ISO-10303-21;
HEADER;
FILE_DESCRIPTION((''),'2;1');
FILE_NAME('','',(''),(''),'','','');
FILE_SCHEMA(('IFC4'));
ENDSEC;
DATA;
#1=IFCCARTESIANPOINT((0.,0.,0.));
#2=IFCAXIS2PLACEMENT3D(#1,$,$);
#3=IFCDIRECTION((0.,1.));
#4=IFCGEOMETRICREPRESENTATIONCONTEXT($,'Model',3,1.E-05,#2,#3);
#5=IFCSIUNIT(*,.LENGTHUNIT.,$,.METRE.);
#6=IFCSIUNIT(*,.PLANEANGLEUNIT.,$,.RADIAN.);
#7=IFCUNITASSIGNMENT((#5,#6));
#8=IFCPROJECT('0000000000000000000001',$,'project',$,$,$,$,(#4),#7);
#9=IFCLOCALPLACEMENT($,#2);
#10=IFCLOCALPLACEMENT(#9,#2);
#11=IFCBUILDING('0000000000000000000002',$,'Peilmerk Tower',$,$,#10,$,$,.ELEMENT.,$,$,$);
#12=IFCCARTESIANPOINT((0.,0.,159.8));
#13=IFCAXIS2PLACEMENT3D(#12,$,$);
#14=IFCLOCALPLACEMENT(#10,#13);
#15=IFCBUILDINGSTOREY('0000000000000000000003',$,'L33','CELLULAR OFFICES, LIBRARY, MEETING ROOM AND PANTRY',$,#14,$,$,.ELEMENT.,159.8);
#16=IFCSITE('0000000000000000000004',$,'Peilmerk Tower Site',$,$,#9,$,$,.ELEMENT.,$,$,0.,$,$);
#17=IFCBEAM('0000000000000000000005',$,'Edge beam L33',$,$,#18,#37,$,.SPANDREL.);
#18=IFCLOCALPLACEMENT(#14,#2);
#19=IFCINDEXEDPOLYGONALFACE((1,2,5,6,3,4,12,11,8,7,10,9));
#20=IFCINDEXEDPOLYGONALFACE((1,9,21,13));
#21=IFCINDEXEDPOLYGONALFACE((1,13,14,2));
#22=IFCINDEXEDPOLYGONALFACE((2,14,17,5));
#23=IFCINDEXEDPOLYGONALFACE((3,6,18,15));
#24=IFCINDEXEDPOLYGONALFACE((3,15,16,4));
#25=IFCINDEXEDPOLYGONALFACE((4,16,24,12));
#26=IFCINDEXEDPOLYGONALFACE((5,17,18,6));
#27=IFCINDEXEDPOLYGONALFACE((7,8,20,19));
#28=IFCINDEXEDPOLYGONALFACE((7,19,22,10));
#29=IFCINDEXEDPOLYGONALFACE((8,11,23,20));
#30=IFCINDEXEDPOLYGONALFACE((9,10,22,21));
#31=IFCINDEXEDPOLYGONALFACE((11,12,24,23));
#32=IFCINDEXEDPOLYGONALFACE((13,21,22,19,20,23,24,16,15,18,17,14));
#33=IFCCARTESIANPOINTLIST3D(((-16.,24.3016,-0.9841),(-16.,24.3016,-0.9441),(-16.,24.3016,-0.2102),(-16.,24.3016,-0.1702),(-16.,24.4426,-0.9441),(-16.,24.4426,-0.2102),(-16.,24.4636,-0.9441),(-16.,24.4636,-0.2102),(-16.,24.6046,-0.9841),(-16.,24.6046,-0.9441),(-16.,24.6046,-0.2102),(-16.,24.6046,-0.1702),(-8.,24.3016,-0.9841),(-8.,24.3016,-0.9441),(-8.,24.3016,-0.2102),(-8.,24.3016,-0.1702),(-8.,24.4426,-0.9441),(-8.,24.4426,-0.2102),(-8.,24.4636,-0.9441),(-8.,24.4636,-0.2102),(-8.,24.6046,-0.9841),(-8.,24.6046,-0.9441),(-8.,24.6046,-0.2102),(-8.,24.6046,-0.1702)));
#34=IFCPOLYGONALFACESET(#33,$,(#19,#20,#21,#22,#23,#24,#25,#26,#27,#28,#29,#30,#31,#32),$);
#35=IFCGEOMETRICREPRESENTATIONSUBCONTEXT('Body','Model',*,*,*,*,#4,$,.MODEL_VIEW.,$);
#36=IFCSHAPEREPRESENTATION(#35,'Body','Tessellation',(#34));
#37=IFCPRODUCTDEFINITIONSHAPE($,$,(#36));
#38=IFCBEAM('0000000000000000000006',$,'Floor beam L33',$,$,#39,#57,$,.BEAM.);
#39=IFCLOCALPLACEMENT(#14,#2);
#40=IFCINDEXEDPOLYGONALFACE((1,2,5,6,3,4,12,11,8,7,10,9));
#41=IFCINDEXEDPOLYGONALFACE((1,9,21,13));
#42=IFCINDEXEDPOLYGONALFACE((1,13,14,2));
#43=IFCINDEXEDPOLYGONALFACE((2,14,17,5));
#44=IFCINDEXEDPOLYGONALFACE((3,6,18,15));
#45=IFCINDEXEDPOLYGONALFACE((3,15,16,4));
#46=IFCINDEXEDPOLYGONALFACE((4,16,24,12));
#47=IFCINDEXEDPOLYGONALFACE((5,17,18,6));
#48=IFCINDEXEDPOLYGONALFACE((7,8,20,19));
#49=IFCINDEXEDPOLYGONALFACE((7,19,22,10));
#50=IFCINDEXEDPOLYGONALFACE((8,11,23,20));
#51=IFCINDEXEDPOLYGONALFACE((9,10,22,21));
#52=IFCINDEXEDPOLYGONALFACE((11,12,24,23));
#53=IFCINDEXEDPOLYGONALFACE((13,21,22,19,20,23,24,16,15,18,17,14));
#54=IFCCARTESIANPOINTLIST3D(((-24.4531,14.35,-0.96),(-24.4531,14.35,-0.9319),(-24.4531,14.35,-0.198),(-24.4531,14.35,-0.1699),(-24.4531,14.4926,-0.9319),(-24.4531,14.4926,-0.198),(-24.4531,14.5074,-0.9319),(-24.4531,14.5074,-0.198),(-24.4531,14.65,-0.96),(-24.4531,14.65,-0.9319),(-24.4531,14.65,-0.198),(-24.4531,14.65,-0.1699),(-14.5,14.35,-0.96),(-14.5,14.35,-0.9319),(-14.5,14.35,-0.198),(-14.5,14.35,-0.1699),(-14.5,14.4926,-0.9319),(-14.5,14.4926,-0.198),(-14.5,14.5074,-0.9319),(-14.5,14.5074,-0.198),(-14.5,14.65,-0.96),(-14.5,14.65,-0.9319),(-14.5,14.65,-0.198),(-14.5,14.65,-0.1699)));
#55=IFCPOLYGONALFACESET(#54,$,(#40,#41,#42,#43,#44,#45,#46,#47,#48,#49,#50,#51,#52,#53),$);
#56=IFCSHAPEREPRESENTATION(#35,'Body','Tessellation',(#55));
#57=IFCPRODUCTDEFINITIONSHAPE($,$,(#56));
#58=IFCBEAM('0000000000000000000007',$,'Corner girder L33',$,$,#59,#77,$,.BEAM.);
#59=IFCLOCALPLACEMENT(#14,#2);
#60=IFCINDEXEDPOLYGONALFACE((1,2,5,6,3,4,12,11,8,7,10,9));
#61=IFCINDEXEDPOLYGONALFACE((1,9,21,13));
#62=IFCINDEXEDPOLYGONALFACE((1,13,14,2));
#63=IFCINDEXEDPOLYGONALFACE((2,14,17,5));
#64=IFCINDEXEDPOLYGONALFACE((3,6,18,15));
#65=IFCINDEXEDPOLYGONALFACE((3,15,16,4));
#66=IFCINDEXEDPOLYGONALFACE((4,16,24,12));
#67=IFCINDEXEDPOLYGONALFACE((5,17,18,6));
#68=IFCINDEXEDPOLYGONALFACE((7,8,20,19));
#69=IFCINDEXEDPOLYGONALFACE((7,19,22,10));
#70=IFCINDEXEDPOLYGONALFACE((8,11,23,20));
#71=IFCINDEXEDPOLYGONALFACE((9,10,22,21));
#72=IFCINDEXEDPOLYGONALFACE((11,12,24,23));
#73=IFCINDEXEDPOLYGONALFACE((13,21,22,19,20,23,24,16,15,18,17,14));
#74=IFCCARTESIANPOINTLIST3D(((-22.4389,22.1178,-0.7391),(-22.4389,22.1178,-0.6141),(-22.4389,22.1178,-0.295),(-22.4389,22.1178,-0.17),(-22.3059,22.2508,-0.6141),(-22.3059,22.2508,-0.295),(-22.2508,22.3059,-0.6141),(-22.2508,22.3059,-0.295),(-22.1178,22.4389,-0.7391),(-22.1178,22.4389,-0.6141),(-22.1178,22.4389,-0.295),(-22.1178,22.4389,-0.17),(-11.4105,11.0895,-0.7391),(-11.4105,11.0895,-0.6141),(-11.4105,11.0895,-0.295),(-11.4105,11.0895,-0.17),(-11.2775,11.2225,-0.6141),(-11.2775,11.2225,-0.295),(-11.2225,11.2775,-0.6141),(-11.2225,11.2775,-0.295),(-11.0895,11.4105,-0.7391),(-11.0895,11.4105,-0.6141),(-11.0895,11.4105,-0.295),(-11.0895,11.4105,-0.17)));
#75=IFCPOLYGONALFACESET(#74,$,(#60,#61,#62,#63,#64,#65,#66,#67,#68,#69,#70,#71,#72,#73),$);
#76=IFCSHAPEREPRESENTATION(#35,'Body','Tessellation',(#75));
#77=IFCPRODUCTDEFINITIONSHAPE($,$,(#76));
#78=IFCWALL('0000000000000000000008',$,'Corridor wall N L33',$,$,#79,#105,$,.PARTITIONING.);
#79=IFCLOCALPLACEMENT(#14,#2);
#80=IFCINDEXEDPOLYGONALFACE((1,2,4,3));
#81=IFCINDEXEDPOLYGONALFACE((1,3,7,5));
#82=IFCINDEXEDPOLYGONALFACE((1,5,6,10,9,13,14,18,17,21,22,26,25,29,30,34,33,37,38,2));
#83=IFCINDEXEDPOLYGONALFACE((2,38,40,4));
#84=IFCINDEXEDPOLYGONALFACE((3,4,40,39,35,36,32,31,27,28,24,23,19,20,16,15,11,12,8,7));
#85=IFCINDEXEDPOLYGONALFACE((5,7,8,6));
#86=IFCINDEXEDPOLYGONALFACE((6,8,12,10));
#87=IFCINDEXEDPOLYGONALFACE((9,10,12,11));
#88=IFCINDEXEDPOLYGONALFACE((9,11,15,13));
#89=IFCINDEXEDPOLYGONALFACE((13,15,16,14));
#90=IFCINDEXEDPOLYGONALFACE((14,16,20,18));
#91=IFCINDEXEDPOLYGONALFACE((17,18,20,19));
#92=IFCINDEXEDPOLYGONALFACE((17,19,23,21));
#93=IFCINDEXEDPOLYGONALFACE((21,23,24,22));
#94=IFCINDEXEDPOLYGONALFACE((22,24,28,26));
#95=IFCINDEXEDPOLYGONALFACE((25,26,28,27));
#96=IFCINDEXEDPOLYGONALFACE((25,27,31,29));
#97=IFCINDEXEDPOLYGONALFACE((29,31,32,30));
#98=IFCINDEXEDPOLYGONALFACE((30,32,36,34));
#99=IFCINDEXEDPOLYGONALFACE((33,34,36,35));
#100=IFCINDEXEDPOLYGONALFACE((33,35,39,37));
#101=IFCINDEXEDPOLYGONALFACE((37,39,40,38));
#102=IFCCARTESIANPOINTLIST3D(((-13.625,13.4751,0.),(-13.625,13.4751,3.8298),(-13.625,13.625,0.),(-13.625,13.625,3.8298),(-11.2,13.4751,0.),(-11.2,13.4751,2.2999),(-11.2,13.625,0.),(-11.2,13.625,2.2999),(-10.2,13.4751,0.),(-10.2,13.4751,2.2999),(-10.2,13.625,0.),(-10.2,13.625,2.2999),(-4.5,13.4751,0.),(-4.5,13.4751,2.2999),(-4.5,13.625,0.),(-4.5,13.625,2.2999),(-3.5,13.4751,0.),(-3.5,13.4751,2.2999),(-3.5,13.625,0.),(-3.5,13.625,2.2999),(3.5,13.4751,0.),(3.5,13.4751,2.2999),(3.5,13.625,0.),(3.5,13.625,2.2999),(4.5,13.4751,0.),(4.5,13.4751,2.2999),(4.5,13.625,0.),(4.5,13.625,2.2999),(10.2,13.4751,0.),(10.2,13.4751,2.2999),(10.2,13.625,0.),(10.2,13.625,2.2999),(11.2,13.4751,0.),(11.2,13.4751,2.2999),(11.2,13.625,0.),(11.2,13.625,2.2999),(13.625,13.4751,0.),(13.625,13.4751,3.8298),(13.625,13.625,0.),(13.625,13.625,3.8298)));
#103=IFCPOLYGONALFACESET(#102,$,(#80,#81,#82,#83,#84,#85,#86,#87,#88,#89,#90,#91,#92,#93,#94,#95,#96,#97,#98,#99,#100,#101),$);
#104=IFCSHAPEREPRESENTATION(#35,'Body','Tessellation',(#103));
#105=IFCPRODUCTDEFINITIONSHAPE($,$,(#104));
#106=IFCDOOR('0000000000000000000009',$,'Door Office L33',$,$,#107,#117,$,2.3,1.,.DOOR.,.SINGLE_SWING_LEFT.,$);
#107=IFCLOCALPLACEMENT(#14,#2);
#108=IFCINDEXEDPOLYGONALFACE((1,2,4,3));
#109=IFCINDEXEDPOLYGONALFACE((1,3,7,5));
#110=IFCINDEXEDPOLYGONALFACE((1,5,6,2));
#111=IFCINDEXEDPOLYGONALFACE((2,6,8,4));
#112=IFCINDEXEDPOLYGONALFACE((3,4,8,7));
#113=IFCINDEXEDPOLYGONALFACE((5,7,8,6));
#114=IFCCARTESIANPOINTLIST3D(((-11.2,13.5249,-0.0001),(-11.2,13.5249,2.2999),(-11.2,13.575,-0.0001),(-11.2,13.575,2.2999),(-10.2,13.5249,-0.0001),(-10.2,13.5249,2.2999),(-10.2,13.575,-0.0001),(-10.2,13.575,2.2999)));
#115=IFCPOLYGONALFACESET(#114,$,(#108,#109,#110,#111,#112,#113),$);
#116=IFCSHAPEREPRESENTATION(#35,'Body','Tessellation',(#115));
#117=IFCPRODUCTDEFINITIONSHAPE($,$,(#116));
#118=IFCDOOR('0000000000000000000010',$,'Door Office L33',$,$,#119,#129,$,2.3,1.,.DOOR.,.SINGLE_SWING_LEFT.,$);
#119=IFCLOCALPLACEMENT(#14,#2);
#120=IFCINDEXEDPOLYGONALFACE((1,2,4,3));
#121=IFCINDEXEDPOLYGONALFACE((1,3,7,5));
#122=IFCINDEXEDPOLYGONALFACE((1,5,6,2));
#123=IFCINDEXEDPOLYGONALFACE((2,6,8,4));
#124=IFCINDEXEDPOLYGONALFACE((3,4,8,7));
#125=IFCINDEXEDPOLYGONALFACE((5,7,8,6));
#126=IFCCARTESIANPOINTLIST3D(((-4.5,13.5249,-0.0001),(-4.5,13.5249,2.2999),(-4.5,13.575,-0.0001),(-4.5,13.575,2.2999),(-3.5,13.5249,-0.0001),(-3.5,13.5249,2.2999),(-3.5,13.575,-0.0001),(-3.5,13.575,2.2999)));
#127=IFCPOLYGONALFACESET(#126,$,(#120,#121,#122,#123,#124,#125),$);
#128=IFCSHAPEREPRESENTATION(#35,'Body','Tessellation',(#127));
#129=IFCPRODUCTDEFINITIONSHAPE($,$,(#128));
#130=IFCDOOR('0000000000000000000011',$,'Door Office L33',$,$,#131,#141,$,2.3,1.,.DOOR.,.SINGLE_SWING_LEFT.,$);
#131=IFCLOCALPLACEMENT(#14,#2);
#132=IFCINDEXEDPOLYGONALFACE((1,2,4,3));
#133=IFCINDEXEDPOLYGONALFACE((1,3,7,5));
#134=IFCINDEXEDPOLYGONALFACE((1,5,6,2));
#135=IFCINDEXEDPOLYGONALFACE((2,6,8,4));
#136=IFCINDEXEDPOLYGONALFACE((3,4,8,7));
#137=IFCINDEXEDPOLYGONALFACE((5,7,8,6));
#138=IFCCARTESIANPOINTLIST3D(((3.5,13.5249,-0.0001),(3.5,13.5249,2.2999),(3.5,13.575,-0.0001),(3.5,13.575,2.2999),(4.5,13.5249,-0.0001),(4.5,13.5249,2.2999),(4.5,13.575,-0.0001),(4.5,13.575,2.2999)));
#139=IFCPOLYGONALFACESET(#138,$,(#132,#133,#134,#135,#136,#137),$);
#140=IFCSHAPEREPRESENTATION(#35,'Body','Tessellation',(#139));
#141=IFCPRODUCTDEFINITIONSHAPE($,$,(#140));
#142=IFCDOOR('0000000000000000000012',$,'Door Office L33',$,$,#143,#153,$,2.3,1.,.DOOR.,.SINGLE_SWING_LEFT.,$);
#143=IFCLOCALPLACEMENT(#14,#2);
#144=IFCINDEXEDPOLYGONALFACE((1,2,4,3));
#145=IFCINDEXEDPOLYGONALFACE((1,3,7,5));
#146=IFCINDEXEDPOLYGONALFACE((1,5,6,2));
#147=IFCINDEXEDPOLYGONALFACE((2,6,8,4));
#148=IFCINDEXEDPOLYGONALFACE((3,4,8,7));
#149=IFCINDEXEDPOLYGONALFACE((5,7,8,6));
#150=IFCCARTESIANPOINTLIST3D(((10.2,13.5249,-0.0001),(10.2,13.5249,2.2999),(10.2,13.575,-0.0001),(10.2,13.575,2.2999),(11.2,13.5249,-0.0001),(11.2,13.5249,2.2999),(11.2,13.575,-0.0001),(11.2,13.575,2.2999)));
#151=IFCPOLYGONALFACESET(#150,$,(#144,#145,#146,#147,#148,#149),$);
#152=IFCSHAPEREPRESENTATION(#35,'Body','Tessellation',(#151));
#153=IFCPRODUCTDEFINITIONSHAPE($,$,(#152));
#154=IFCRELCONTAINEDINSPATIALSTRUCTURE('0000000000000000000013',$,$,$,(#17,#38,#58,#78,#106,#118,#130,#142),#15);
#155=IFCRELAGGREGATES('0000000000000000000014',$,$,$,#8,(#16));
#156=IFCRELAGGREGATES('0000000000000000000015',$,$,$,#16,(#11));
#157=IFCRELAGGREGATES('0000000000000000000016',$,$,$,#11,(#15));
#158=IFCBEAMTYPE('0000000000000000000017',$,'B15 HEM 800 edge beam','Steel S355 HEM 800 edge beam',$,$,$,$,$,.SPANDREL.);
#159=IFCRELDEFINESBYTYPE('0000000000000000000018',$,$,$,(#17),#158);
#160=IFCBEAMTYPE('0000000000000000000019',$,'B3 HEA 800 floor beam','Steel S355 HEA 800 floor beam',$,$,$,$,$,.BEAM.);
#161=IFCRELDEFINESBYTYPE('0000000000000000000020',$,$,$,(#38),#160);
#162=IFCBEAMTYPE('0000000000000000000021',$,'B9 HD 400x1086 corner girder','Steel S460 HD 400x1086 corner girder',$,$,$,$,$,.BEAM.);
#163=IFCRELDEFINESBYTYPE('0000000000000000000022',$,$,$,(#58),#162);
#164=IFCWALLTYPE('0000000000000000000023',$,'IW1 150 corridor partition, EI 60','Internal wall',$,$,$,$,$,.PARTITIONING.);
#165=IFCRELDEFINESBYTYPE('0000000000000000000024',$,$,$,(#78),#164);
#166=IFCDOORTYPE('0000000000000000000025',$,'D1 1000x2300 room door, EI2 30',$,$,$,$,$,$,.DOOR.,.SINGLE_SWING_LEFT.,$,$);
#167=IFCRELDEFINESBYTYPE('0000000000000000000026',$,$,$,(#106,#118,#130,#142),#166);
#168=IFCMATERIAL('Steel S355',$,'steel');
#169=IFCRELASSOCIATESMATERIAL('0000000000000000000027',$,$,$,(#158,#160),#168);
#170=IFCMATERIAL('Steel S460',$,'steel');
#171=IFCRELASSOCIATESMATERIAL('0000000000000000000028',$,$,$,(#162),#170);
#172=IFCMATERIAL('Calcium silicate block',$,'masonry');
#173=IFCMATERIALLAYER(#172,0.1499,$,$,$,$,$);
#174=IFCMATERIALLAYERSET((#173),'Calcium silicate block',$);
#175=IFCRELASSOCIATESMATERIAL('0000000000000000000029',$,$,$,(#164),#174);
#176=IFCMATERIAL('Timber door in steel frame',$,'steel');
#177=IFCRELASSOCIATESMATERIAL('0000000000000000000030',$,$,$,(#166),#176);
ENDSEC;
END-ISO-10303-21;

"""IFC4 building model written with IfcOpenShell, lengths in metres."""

from ifc_helpers import new_model, si_unit, direction, frame, frame_2d, origin, origin_2d, place, context, subcontext, project, spatial, rectangle, i_section, extrude, material, layer, layer_set, material_profile, profile_set, type_object, element, fill, save


model = new_model("IFC4")

# Units and contexts
model_context = context("Model", 3, precision=1e-05, world=origin(), true_north=direction((0.0, 1.0)))
body_context = subcontext(model_context, "Body", "Model", "MODEL_VIEW")
ifc_project = project(units=[si_unit("LENGTHUNIT", "METRE"), si_unit("PLANEANGLEUNIT", "RADIAN")], contexts=[model_context])

# Site, building, storey
site_placement = place(None, origin())
site = spatial("IfcSite", under=ifc_project, at=site_placement, Name="Peilmerk Tower Site", CompositionType="ELEMENT", RefElevation=0.0)
building_placement = place(site_placement, origin())
building = spatial("IfcBuilding", under=site, at=building_placement, Name="Peilmerk Tower", CompositionType="ELEMENT")
storey_placement = place(building_placement, frame((0.0, 0.0, 159.8)))
storey = spatial("IfcBuildingStorey", under=building, at=storey_placement, Name="L33", Description="CELLULAR OFFICES, LIBRARY, MEETING ROOM AND PANTRY", CompositionType="ELEMENT", Elevation=159.8)

# Shared definitions
ifc_material_1 = material(Name="Steel S460", Category="steel")

# Beams
ifc_material_2 = material(Name="Steel S355", Category="steel")
ifc_material_profile_1 = material_profile(ifc_material_2, i_section(OverallWidth=0.303, OverallDepth=0.814, WebThickness=0.021, FlangeThickness=0.04, at=origin_2d()), Name="HEM 800")
ifc_profile_set_1 = profile_set([ifc_material_profile_1], Name="Steel S355")
beam_type_1 = type_object("IfcBeamType", Name="B15 HEM 800 edge beam", Description="Steel S355 HEM 800 edge beam", PredefinedType="SPANDREL", material=ifc_profile_set_1)
for number, where, z_axis, x_axis, name in (
    (1, (-8.0, 24.4531, -0.5771), (-1.0, 0.0, 0.0), (0.0, -1.0, 0.0), "Edge beam L33"),
):
    element("IfcBeam", number, at=place(storey_placement, frame(where, z_axis=z_axis, x_axis=x_axis)), inside=storey, type_object=beam_type_1, Name=name, PredefinedType="SPANDREL", context=body_context, shape_type="SweptSolid", body=[
        extrude(i_section(OverallWidth=0.303, OverallDepth=0.814, WebThickness=0.021, FlangeThickness=0.04, at=origin_2d()), origin(), (0.0, 0.0, 1.0), 8.0),
    ])
ifc_material_profile_2 = material_profile(ifc_material_2, i_section(OverallWidth=0.3, OverallDepth=0.79, WebThickness=0.0149, FlangeThickness=0.0281, at=origin_2d()), Name="HEA 800")
ifc_profile_set_2 = profile_set([ifc_material_profile_2], Name="Steel S355")
beam_type_2 = type_object("IfcBeamType", Name="B3 HEA 800 floor beam", Description="Steel S355 HEA 800 floor beam", PredefinedType="BEAM", material=ifc_profile_set_2)
beam_1_placement = place(storey_placement, frame((-14.5, 14.5, -0.5649), z_axis=(-1.0, 0.0, 0.0), x_axis=(0.0, -1.0, 0.0)))
element("IfcBeam", 2, at=beam_1_placement, inside=storey, type_object=beam_type_2, Name="Floor beam L33", PredefinedType="BEAM", context=body_context, shape_type="SweptSolid", body=[
    extrude(i_section(OverallWidth=0.3, OverallDepth=0.79, WebThickness=0.0149, FlangeThickness=0.0281, at=origin_2d()), origin(), (0.0, 0.0, 1.0), 9.9531),
])
ifc_material_profile_3 = material_profile(ifc_material_1, i_section(OverallWidth=0.4541, OverallDepth=0.5691, WebThickness=0.0779, FlangeThickness=0.125, at=origin_2d()), Name="HD 400x1086")
ifc_profile_set_3 = profile_set([ifc_material_profile_3], Name="Steel S460")
beam_type_3 = type_object("IfcBeamType", Name="B9 HD 400x1086 corner girder", Description="Steel S460 HD 400x1086 corner girder", PredefinedType="BEAM", material=ifc_profile_set_3)
beam_2_placement = place(storey_placement, frame((-11.25, 11.25, -0.4546), z_axis=(-0.707107, 0.707107, 0.0), x_axis=(-0.707107, -0.707107, 0.0)))
element("IfcBeam", 3, at=beam_2_placement, inside=storey, type_object=beam_type_3, Name="Corner girder L33", PredefinedType="BEAM", context=body_context, shape_type="SweptSolid", body=[
    extrude(i_section(OverallWidth=0.4541, OverallDepth=0.5691, WebThickness=0.0779, FlangeThickness=0.125, at=origin_2d()), origin(), (0.0, 0.0, 1.0), 15.5964),
])

# Wall, openings, doors
ifc_material_3 = material(Name="Calcium silicate block", Category="masonry")
ifc_layer_1 = layer(ifc_material_3, 0.1499)
ifc_layer_set_1 = layer_set([ifc_layer_1], Name="Calcium silicate block")
wall_type_1 = type_object("IfcWallType", Name="IW1 150 corridor partition, EI 60", Description="Internal wall", PredefinedType="PARTITIONING", material=ifc_layer_set_1)
wall_1_placement = place(storey_placement, frame((-13.625, 13.55, 0.0), z_axis=(0.0, 0.0, 1.0), x_axis=(1.0, 0.0, 0.0)))
wall_1 = element("IfcWall", 4, at=wall_1_placement, inside=storey, type_object=wall_type_1, Name="Corridor wall N L33", PredefinedType="PARTITIONING", context=body_context, shape_type="SweptSolid", body=[
    extrude(rectangle(XDim=27.25, YDim=0.1499, at=frame_2d((13.625, 0.0))), origin(), (0.0, 0.0, 1.0), 3.8298),
])
opening_1_placement = place(wall_1_placement, frame((2.425, 0.0, 0.0)))
opening_1 = element("IfcOpeningElement", 5, at=opening_1_placement, cuts=wall_1, PredefinedType="OPENING", context=body_context, shape_type="SweptSolid", body=[
    extrude(rectangle(XDim=1.0, YDim=2.3, at=frame_2d((0.5, 1.1499))), frame((0.0, 0.085, 0.0), z_axis=(0.0, -1.0, 0.0), x_axis=(1.0, 0.0, 0.0)), (0.0, 0.0, 1.0), 0.1699),
])
opening_2_placement = place(wall_1_placement, frame((9.125, 0.0, 0.0)))
opening_2 = element("IfcOpeningElement", 6, at=opening_2_placement, cuts=wall_1, PredefinedType="OPENING", context=body_context, shape_type="SweptSolid", body=[
    extrude(rectangle(XDim=1.0, YDim=2.3, at=frame_2d((0.5, 1.1499))), frame((0.0, 0.085, 0.0), z_axis=(0.0, -1.0, 0.0), x_axis=(1.0, 0.0, 0.0)), (0.0, 0.0, 1.0), 0.1699),
])
opening_3_placement = place(wall_1_placement, frame((17.125, 0.0, 0.0)))
opening_3 = element("IfcOpeningElement", 7, at=opening_3_placement, cuts=wall_1, PredefinedType="OPENING", context=body_context, shape_type="SweptSolid", body=[
    extrude(rectangle(XDim=1.0, YDim=2.3, at=frame_2d((0.5, 1.1499))), frame((0.0, 0.085, 0.0), z_axis=(0.0, -1.0, 0.0), x_axis=(1.0, 0.0, 0.0)), (0.0, 0.0, 1.0), 0.1699),
])
opening_4_placement = place(wall_1_placement, frame((23.825, 0.0, 0.0)))
opening_4 = element("IfcOpeningElement", 8, at=opening_4_placement, cuts=wall_1, PredefinedType="OPENING", context=body_context, shape_type="SweptSolid", body=[
    extrude(rectangle(XDim=1.0, YDim=2.3, at=frame_2d((0.5, 1.1499))), frame((0.0, 0.085, 0.0), z_axis=(0.0, -1.0, 0.0), x_axis=(1.0, 0.0, 0.0)), (0.0, 0.0, 1.0), 0.1699),
])
ifc_material_4 = material(Name="Timber door in steel frame", Category="steel")
door_type = type_object("IfcDoorType", Name="D1 1000x2300 room door, EI2 30", OperationType="SINGLE_SWING_LEFT", PredefinedType="DOOR", material=ifc_material_4)
door_1_placement = place(opening_1_placement, origin())
door_1 = element("IfcDoor", 9, at=door_1_placement, inside=storey, type_object=door_type, Name="Door Office L33", OperationType="SINGLE_SWING_LEFT", OverallHeight=2.3, OverallWidth=1.0, PredefinedType="DOOR", context=body_context, shape_type="SweptSolid", body=[
    extrude(rectangle(XDim=1.0, YDim=2.3, at=frame_2d((0.5, 1.1499))), frame((0.0, 0.0249, 0.0), z_axis=(0.0, -1.0, 0.0), x_axis=(1.0, 0.0, 0.0)), (0.0, 0.0, 1.0), 0.05),
])
fill(opening_1, door_1)
door_2_placement = place(opening_2_placement, origin())
door_2 = element("IfcDoor", 10, at=door_2_placement, inside=storey, type_object=door_type, Name="Door Office L33", OperationType="SINGLE_SWING_LEFT", OverallHeight=2.3, OverallWidth=1.0, PredefinedType="DOOR", context=body_context, shape_type="SweptSolid", body=[
    extrude(rectangle(XDim=1.0, YDim=2.3, at=frame_2d((0.5, 1.1499))), frame((0.0, 0.0249, 0.0), z_axis=(0.0, -1.0, 0.0), x_axis=(1.0, 0.0, 0.0)), (0.0, 0.0, 1.0), 0.05),
])
fill(opening_2, door_2)
door_3_placement = place(opening_3_placement, origin())
door_3 = element("IfcDoor", 11, at=door_3_placement, inside=storey, type_object=door_type, Name="Door Office L33", OperationType="SINGLE_SWING_LEFT", OverallHeight=2.3, OverallWidth=1.0, PredefinedType="DOOR", context=body_context, shape_type="SweptSolid", body=[
    extrude(rectangle(XDim=1.0, YDim=2.3, at=frame_2d((0.5, 1.1499))), frame((0.0, 0.0249, 0.0), z_axis=(0.0, -1.0, 0.0), x_axis=(1.0, 0.0, 0.0)), (0.0, 0.0, 1.0), 0.05),
])
fill(opening_3, door_3)
door_4_placement = place(opening_4_placement, origin())
door_4 = element("IfcDoor", 12, at=door_4_placement, inside=storey, type_object=door_type, Name="Door Office L33", OperationType="SINGLE_SWING_LEFT", OverallHeight=2.3, OverallWidth=1.0, PredefinedType="DOOR", context=body_context, shape_type="SweptSolid", body=[
    extrude(rectangle(XDim=1.0, YDim=2.3, at=frame_2d((0.5, 1.1499))), frame((0.0, 0.0249, 0.0), z_axis=(0.0, -1.0, 0.0), x_axis=(1.0, 0.0, 0.0)), (0.0, 0.0, 1.0), 0.05),
])
fill(opening_4, door_4)

save(model, "model.ifc")
